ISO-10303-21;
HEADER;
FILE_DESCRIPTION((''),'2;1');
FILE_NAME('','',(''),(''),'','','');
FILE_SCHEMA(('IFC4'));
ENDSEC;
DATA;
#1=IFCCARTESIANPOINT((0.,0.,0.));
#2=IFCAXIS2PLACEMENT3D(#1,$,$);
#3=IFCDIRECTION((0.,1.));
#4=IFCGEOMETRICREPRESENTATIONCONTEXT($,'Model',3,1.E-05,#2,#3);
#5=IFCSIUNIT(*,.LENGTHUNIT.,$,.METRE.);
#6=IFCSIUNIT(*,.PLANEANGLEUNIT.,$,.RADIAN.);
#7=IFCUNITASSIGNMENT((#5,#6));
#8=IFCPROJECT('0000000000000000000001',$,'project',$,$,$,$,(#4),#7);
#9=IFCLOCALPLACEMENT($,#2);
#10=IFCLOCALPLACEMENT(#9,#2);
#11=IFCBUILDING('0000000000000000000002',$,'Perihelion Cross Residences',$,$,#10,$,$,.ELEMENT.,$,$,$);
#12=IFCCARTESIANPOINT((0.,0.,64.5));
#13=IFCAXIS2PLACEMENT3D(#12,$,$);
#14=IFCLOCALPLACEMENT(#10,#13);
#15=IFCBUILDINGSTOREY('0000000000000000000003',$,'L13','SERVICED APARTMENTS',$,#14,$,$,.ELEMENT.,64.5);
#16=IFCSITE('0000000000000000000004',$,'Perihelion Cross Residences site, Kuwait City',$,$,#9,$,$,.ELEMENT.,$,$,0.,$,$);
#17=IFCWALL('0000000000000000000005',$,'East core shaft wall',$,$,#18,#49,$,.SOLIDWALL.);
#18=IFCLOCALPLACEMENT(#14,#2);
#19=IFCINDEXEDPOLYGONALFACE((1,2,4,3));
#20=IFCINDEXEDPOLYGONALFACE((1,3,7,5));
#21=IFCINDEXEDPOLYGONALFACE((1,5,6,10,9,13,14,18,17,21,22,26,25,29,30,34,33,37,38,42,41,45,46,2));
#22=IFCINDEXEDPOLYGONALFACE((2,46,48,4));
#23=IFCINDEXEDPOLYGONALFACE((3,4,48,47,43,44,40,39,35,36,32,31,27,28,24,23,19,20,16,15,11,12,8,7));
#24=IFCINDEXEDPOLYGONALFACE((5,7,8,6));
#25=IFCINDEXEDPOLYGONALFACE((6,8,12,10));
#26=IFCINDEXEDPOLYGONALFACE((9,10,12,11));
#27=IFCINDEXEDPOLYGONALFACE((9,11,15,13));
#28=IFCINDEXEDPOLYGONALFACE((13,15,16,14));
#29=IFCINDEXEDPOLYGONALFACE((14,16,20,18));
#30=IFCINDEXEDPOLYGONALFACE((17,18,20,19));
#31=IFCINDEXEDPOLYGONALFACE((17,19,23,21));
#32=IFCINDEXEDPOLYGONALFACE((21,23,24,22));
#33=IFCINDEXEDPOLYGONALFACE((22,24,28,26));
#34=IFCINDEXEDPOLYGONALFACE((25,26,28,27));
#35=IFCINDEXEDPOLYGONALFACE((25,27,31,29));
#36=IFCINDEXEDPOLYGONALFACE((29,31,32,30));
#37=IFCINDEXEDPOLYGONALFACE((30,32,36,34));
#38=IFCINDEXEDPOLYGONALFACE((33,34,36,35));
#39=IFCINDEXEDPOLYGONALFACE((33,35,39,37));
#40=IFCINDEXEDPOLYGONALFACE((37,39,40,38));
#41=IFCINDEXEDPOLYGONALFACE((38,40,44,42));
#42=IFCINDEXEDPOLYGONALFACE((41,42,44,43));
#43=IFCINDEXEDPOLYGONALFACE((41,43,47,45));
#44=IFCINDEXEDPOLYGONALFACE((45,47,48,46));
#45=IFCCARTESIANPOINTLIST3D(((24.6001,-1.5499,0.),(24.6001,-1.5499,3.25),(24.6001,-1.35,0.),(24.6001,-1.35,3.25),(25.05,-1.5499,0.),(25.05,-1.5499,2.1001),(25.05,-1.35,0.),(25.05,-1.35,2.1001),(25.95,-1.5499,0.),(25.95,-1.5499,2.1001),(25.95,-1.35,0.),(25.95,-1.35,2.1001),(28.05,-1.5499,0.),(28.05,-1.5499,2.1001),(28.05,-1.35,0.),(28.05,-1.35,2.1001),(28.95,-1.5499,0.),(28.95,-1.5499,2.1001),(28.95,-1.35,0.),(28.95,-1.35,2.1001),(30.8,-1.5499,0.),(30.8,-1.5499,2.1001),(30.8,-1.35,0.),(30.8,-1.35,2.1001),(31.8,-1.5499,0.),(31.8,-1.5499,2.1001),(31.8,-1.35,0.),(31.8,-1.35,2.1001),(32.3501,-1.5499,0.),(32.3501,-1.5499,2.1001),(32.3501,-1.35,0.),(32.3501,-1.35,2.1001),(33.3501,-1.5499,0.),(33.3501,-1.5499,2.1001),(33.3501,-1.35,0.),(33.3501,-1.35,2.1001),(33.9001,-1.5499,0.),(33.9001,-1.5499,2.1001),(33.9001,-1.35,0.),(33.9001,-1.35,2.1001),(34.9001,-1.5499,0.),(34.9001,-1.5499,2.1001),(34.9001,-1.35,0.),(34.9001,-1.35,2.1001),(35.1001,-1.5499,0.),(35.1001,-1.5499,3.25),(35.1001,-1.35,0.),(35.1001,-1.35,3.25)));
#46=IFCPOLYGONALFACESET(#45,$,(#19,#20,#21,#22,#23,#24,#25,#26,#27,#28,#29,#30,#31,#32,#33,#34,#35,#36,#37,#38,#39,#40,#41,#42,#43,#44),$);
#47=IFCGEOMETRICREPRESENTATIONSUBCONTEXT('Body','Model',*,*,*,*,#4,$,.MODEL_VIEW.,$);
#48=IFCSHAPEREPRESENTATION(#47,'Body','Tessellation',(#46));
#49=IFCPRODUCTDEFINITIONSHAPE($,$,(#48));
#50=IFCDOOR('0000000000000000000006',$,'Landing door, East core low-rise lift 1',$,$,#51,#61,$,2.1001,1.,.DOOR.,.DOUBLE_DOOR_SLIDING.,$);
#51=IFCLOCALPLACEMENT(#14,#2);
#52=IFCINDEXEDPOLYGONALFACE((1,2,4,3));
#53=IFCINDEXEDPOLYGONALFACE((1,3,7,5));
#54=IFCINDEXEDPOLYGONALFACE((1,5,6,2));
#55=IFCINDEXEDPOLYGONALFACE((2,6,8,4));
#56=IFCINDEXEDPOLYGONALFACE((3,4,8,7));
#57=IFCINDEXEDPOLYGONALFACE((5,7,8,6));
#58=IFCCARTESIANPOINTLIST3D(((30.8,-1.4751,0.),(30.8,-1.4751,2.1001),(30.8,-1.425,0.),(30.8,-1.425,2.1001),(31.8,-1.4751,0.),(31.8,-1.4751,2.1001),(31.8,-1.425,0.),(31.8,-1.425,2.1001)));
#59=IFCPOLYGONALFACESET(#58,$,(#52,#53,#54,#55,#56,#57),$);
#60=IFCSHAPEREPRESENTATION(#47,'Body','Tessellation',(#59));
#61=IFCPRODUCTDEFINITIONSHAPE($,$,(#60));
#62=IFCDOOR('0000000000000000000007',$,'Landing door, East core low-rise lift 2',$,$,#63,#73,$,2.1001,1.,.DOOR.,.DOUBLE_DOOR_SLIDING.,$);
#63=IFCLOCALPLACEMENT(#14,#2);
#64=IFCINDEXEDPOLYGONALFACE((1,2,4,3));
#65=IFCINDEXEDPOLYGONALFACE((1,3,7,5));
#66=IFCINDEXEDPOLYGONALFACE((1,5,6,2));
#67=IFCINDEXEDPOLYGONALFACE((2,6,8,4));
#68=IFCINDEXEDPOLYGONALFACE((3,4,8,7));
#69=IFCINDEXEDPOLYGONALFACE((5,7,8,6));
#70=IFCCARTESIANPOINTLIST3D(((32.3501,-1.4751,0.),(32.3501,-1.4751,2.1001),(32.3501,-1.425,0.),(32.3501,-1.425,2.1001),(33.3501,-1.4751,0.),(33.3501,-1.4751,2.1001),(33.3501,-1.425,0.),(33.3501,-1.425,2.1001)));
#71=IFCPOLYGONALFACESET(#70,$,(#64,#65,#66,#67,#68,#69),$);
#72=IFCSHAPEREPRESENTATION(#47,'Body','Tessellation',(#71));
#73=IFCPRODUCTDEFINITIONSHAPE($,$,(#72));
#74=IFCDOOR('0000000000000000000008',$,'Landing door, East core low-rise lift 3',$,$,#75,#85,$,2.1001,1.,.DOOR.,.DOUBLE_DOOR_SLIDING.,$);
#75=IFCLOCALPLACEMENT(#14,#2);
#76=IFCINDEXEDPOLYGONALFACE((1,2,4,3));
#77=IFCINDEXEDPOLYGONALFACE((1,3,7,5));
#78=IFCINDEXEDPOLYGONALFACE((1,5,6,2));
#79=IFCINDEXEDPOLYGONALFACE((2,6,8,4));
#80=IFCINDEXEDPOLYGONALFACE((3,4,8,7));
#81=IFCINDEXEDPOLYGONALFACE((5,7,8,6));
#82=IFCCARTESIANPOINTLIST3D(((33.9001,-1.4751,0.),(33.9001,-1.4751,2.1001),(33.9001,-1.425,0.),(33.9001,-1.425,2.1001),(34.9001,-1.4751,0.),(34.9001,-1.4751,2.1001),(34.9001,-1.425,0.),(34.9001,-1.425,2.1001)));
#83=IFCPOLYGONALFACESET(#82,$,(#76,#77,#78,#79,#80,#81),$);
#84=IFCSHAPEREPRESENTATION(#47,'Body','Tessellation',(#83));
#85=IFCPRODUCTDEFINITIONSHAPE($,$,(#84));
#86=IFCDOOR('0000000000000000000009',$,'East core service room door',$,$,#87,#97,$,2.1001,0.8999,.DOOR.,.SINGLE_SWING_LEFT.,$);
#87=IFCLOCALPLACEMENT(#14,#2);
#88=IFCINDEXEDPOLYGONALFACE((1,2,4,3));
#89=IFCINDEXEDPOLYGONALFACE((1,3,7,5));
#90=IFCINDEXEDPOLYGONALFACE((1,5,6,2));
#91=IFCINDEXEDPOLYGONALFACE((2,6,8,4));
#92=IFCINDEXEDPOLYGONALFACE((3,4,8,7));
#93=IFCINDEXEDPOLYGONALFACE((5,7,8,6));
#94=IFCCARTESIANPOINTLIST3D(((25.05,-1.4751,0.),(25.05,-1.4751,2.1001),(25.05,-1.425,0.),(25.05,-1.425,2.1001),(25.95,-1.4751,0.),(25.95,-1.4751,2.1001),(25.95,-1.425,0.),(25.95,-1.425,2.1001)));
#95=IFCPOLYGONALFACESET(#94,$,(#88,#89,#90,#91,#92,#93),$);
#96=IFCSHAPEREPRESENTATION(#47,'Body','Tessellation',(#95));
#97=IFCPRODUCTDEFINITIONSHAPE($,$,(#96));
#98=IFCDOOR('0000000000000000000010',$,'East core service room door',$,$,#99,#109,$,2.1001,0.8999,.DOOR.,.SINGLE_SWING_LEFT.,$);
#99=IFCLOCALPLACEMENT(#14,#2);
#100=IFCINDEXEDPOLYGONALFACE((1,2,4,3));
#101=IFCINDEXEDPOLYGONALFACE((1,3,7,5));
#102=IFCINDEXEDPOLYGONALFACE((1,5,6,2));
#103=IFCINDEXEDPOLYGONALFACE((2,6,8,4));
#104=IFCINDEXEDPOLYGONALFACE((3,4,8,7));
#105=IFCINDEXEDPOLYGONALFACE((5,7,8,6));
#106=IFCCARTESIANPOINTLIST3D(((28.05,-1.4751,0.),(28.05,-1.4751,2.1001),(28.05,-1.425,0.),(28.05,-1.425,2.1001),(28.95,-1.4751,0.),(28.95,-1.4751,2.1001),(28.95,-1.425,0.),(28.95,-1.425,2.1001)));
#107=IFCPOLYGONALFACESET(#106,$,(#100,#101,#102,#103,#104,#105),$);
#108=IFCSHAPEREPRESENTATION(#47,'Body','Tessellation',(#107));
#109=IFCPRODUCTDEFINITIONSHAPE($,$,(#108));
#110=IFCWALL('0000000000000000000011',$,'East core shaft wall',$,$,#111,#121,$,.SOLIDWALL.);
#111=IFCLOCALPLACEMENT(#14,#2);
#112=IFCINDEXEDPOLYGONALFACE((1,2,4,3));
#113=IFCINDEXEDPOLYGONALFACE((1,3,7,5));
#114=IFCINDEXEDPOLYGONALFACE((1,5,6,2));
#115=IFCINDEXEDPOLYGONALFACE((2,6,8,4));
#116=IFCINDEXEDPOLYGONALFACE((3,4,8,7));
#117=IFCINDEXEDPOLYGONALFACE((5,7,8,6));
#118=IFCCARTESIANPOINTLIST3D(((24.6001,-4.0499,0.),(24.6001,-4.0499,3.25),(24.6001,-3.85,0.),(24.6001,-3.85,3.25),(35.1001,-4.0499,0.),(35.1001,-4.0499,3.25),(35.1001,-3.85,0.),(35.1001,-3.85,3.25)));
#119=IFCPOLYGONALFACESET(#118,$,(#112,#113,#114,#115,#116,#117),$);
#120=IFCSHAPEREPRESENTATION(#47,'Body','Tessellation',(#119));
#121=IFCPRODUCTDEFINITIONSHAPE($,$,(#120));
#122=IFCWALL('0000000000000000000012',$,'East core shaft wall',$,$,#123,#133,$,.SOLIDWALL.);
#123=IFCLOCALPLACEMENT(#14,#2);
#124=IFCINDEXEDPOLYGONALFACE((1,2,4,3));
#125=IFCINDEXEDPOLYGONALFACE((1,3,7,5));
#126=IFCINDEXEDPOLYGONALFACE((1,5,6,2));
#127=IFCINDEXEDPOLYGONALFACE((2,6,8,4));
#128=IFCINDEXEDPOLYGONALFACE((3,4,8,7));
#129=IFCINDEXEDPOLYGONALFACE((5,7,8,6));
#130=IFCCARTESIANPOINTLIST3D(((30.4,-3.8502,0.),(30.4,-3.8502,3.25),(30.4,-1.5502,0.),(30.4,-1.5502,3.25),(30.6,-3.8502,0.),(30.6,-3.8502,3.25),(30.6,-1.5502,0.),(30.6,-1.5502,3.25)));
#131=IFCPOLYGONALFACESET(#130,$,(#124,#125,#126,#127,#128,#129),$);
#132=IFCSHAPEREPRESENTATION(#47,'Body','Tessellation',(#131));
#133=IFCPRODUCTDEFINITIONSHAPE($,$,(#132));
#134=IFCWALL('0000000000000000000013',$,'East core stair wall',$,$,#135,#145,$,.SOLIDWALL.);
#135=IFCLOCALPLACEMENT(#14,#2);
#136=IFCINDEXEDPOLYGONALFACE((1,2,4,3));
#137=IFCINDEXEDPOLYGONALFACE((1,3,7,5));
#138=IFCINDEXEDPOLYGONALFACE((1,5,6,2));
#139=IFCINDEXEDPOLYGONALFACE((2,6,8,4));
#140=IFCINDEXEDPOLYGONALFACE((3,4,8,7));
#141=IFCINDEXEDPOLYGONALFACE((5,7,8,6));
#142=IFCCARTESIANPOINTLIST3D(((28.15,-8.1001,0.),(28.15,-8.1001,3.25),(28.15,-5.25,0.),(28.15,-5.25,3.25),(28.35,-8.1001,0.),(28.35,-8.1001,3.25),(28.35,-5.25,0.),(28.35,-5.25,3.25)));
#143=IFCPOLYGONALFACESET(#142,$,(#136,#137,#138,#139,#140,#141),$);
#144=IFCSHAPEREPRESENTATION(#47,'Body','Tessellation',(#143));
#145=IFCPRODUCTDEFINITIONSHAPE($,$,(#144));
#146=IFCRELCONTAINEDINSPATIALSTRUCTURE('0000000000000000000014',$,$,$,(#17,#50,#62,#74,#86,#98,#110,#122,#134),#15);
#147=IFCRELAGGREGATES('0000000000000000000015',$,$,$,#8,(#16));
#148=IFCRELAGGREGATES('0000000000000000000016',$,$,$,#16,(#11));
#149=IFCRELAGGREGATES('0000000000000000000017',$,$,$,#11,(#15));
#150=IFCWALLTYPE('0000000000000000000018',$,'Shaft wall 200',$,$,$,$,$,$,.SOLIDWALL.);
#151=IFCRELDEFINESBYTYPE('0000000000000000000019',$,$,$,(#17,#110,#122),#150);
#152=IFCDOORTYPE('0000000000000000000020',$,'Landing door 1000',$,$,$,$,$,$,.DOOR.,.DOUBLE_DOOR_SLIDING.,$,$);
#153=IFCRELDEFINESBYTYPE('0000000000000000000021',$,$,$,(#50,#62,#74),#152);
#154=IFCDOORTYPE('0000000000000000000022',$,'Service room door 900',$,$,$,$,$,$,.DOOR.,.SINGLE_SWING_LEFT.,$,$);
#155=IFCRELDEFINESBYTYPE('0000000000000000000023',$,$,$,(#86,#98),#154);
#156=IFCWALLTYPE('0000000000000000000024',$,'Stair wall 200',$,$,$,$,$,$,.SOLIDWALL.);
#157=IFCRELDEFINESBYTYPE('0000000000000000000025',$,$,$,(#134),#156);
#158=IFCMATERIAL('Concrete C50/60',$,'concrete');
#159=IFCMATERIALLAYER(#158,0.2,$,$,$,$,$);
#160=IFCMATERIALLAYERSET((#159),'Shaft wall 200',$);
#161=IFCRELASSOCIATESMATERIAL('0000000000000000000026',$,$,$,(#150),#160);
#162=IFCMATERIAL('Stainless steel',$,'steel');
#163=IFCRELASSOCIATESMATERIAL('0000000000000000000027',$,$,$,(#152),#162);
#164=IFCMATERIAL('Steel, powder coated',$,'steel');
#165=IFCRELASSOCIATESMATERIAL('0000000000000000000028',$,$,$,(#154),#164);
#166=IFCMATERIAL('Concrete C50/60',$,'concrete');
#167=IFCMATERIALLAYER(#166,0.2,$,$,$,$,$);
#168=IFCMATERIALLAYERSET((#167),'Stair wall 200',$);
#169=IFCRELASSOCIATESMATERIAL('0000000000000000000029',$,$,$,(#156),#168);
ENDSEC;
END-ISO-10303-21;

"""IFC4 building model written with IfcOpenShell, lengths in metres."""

from ifc_helpers import new_model, si_unit, direction, frame, frame_2d, origin, place, context, subcontext, project, spatial, rectangle, extrude, material, layer, layer_set, type_object, element, fill, save


model = new_model("IFC4")

# Units and contexts
model_context = context("Model", 3, precision=1e-05, world=origin(), true_north=direction((0.0, 1.0)))
body_context = subcontext(model_context, "Body", "Model", "MODEL_VIEW")
ifc_project = project(units=[si_unit("LENGTHUNIT", "METRE"), si_unit("PLANEANGLEUNIT", "RADIAN")], contexts=[model_context])

# Site, building, storey
site_placement = place(None, origin())
site = spatial("IfcSite", under=ifc_project, at=site_placement, Name="Perihelion Cross Residences site, Kuwait City", CompositionType="ELEMENT", RefElevation=0.0)
building_placement = place(site_placement, origin())
building = spatial("IfcBuilding", under=site, at=building_placement, Name="Perihelion Cross Residences", CompositionType="ELEMENT")
storey_placement = place(building_placement, frame((0.0, 0.0, 64.5)))
storey = spatial("IfcBuildingStorey", under=building, at=storey_placement, Name="L13", Description="SERVICED APARTMENTS", CompositionType="ELEMENT", Elevation=64.5)

# Wall, openings, doors
ifc_material_1 = material(Name="Concrete C50/60", Category="concrete")
ifc_layer_1 = layer(ifc_material_1, 0.2)
ifc_layer_set_1 = layer_set([ifc_layer_1], Name="Shaft wall 200")
wall_type_1 = type_object("IfcWallType", Name="Shaft wall 200", PredefinedType="SOLIDWALL", material=ifc_layer_set_1)
wall_1_placement = place(storey_placement, frame((24.6001, -1.45, 0.0), z_axis=(0.0, 0.0, 1.0), x_axis=(1.0, 0.0, 0.0)))
wall_1 = element("IfcWall", 1, at=wall_1_placement, inside=storey, type_object=wall_type_1, Name="East core shaft wall", PredefinedType="SOLIDWALL", context=body_context, shape_type="SweptSolid", body=[
    extrude(rectangle(XDim=10.5, YDim=0.2, at=frame_2d((5.25, 0.0))), origin(), (0.0, 0.0, 1.0), 3.25),
])
opening_1_placement = place(wall_1_placement, frame((6.2, 0.0, 0.0)))
opening_1 = element("IfcOpeningElement", 2, at=opening_1_placement, cuts=wall_1, PredefinedType="OPENING", context=body_context, shape_type="SweptSolid", body=[
    extrude(rectangle(XDim=1.0, YDim=2.1001, at=frame_2d((0.5, 1.05))), frame((0.0, 0.1099, 0.0), z_axis=(0.0, -1.0, 0.0), x_axis=(1.0, 0.0, 0.0)), (0.0, 0.0, 1.0), 0.22),
])
opening_2_placement = place(wall_1_placement, frame((7.75, 0.0, 0.0)))
opening_2 = element("IfcOpeningElement", 3, at=opening_2_placement, cuts=wall_1, PredefinedType="OPENING", context=body_context, shape_type="SweptSolid", body=[
    extrude(rectangle(XDim=1.0, YDim=2.1001, at=frame_2d((0.5, 1.05))), frame((0.0, 0.1099, 0.0), z_axis=(0.0, -1.0, 0.0), x_axis=(1.0, 0.0, 0.0)), (0.0, 0.0, 1.0), 0.22),
])
opening_3_placement = place(wall_1_placement, frame((9.3, 0.0, 0.0)))
opening_3 = element("IfcOpeningElement", 4, at=opening_3_placement, cuts=wall_1, PredefinedType="OPENING", context=body_context, shape_type="SweptSolid", body=[
    extrude(rectangle(XDim=1.0, YDim=2.1001, at=frame_2d((0.5, 1.05))), frame((0.0, 0.1099, 0.0), z_axis=(0.0, -1.0, 0.0), x_axis=(1.0, 0.0, 0.0)), (0.0, 0.0, 1.0), 0.22),
])
opening_4_placement = place(wall_1_placement, frame((0.45, 0.0, 0.0)))
opening_4 = element("IfcOpeningElement", 5, at=opening_4_placement, cuts=wall_1, PredefinedType="OPENING", context=body_context, shape_type="SweptSolid", body=[
    extrude(rectangle(XDim=0.8999, YDim=2.1001, at=frame_2d((0.45, 1.05))), frame((0.0, 0.1099, 0.0), z_axis=(0.0, -1.0, 0.0), x_axis=(1.0, 0.0, 0.0)), (0.0, 0.0, 1.0), 0.22),
])
opening_5_placement = place(wall_1_placement, frame((3.45, 0.0, 0.0)))
opening_5 = element("IfcOpeningElement", 6, at=opening_5_placement, cuts=wall_1, PredefinedType="OPENING", context=body_context, shape_type="SweptSolid", body=[
    extrude(rectangle(XDim=0.8999, YDim=2.1001, at=frame_2d((0.45, 1.05))), frame((0.0, 0.1099, 0.0), z_axis=(0.0, -1.0, 0.0), x_axis=(1.0, 0.0, 0.0)), (0.0, 0.0, 1.0), 0.22),
])
ifc_material_2 = material(Name="Stainless steel", Category="steel")
door_type_1 = type_object("IfcDoorType", Name="Landing door 1000", OperationType="DOUBLE_DOOR_SLIDING", PredefinedType="DOOR", material=ifc_material_2)
door_1_placement = place(opening_1_placement, origin())
door_1 = element("IfcDoor", 7, at=door_1_placement, inside=storey, type_object=door_type_1, Name="Landing door, East core low-rise lift 1", OperationType="DOUBLE_DOOR_SLIDING", OverallHeight=2.1001, OverallWidth=1.0, PredefinedType="DOOR", context=body_context, shape_type="SweptSolid", body=[
    extrude(rectangle(XDim=1.0, YDim=2.1001, at=frame_2d((0.5, 1.05))), frame((0.0, 0.0249, 0.0), z_axis=(0.0, -1.0, 0.0), x_axis=(1.0, 0.0, 0.0)), (0.0, 0.0, 1.0), 0.05),
])
fill(opening_1, door_1)
door_2_placement = place(opening_2_placement, origin())
door_2 = element("IfcDoor", 8, at=door_2_placement, inside=storey, type_object=door_type_1, Name="Landing door, East core low-rise lift 2", OperationType="DOUBLE_DOOR_SLIDING", OverallHeight=2.1001, OverallWidth=1.0, PredefinedType="DOOR", context=body_context, shape_type="SweptSolid", body=[
    extrude(rectangle(XDim=1.0, YDim=2.1001, at=frame_2d((0.5, 1.05))), frame((0.0, 0.0249, 0.0), z_axis=(0.0, -1.0, 0.0), x_axis=(1.0, 0.0, 0.0)), (0.0, 0.0, 1.0), 0.05),
])
fill(opening_2, door_2)
door_3_placement = place(opening_3_placement, origin())
door_3 = element("IfcDoor", 9, at=door_3_placement, inside=storey, type_object=door_type_1, Name="Landing door, East core low-rise lift 3", OperationType="DOUBLE_DOOR_SLIDING", OverallHeight=2.1001, OverallWidth=1.0, PredefinedType="DOOR", context=body_context, shape_type="SweptSolid", body=[
    extrude(rectangle(XDim=1.0, YDim=2.1001, at=frame_2d((0.5, 1.05))), frame((0.0, 0.0249, 0.0), z_axis=(0.0, -1.0, 0.0), x_axis=(1.0, 0.0, 0.0)), (0.0, 0.0, 1.0), 0.05),
])
fill(opening_3, door_3)
ifc_material_3 = material(Name="Steel, powder coated", Category="steel")
door_type_2 = type_object("IfcDoorType", Name="Service room door 900", OperationType="SINGLE_SWING_LEFT", PredefinedType="DOOR", material=ifc_material_3)
door_4_placement = place(opening_4_placement, origin())
door_4 = element("IfcDoor", 10, at=door_4_placement, inside=storey, type_object=door_type_2, Name="East core service room door", OperationType="SINGLE_SWING_LEFT", OverallHeight=2.1001, OverallWidth=0.8999, PredefinedType="DOOR", context=body_context, shape_type="SweptSolid", body=[
    extrude(rectangle(XDim=0.8999, YDim=2.1001, at=frame_2d((0.45, 1.05))), frame((0.0, 0.0249, 0.0), z_axis=(0.0, -1.0, 0.0), x_axis=(1.0, 0.0, 0.0)), (0.0, 0.0, 1.0), 0.05),
])
fill(opening_4, door_4)
door_5_placement = place(opening_5_placement, origin())
door_5 = element("IfcDoor", 11, at=door_5_placement, inside=storey, type_object=door_type_2, Name="East core service room door", OperationType="SINGLE_SWING_LEFT", OverallHeight=2.1001, OverallWidth=0.8999, PredefinedType="DOOR", context=body_context, shape_type="SweptSolid", body=[
    extrude(rectangle(XDim=0.8999, YDim=2.1001, at=frame_2d((0.45, 1.05))), frame((0.0, 0.0249, 0.0), z_axis=(0.0, -1.0, 0.0), x_axis=(1.0, 0.0, 0.0)), (0.0, 0.0, 1.0), 0.05),
])
fill(opening_5, door_5)

# Walls
wall_2_placement = place(storey_placement, frame((24.6001, -3.95, 0.0), z_axis=(0.0, 0.0, 1.0), x_axis=(1.0, 0.0, 0.0)))
element("IfcWall", 12, at=wall_2_placement, inside=storey, type_object=wall_type_1, Name="East core shaft wall", PredefinedType="SOLIDWALL", context=body_context, shape_type="SweptSolid", body=[
    extrude(rectangle(XDim=10.5, YDim=0.2, at=frame_2d((5.25, 0.0))), origin(), (0.0, 0.0, 1.0), 3.25),
])
wall_3_placement = place(storey_placement, frame((30.5, -3.8501, 0.0), z_axis=(0.0, 0.0, 1.0), x_axis=(0.0, 1.0, 0.0)))
element("IfcWall", 13, at=wall_3_placement, inside=storey, type_object=wall_type_1, Name="East core shaft wall", PredefinedType="SOLIDWALL", context=body_context, shape_type="SweptSolid", body=[
    extrude(rectangle(XDim=2.3, YDim=0.2, at=frame_2d((1.1499, 0.0))), origin(), (0.0, 0.0, 1.0), 3.25),
])
ifc_material_4 = material(Name="Concrete C50/60", Category="concrete")
ifc_layer_2 = layer(ifc_material_4, 0.2)
ifc_layer_set_2 = layer_set([ifc_layer_2], Name="Stair wall 200")
wall_type_2 = type_object("IfcWallType", Name="Stair wall 200", PredefinedType="SOLIDWALL", material=ifc_layer_set_2)
wall_4_placement = place(storey_placement, frame((28.25, -8.1001, 0.0), z_axis=(0.0, 0.0, 1.0), x_axis=(0.0, 1.0, 0.0)))
element("IfcWall", 14, at=wall_4_placement, inside=storey, type_object=wall_type_2, Name="East core stair wall", PredefinedType="SOLIDWALL", context=body_context, shape_type="SweptSolid", body=[
    extrude(rectangle(XDim=2.8501, YDim=0.2, at=frame_2d((1.425, 0.0))), origin(), (0.0, 0.0, 1.0), 3.25),
])

save(model, "model.ifc")
